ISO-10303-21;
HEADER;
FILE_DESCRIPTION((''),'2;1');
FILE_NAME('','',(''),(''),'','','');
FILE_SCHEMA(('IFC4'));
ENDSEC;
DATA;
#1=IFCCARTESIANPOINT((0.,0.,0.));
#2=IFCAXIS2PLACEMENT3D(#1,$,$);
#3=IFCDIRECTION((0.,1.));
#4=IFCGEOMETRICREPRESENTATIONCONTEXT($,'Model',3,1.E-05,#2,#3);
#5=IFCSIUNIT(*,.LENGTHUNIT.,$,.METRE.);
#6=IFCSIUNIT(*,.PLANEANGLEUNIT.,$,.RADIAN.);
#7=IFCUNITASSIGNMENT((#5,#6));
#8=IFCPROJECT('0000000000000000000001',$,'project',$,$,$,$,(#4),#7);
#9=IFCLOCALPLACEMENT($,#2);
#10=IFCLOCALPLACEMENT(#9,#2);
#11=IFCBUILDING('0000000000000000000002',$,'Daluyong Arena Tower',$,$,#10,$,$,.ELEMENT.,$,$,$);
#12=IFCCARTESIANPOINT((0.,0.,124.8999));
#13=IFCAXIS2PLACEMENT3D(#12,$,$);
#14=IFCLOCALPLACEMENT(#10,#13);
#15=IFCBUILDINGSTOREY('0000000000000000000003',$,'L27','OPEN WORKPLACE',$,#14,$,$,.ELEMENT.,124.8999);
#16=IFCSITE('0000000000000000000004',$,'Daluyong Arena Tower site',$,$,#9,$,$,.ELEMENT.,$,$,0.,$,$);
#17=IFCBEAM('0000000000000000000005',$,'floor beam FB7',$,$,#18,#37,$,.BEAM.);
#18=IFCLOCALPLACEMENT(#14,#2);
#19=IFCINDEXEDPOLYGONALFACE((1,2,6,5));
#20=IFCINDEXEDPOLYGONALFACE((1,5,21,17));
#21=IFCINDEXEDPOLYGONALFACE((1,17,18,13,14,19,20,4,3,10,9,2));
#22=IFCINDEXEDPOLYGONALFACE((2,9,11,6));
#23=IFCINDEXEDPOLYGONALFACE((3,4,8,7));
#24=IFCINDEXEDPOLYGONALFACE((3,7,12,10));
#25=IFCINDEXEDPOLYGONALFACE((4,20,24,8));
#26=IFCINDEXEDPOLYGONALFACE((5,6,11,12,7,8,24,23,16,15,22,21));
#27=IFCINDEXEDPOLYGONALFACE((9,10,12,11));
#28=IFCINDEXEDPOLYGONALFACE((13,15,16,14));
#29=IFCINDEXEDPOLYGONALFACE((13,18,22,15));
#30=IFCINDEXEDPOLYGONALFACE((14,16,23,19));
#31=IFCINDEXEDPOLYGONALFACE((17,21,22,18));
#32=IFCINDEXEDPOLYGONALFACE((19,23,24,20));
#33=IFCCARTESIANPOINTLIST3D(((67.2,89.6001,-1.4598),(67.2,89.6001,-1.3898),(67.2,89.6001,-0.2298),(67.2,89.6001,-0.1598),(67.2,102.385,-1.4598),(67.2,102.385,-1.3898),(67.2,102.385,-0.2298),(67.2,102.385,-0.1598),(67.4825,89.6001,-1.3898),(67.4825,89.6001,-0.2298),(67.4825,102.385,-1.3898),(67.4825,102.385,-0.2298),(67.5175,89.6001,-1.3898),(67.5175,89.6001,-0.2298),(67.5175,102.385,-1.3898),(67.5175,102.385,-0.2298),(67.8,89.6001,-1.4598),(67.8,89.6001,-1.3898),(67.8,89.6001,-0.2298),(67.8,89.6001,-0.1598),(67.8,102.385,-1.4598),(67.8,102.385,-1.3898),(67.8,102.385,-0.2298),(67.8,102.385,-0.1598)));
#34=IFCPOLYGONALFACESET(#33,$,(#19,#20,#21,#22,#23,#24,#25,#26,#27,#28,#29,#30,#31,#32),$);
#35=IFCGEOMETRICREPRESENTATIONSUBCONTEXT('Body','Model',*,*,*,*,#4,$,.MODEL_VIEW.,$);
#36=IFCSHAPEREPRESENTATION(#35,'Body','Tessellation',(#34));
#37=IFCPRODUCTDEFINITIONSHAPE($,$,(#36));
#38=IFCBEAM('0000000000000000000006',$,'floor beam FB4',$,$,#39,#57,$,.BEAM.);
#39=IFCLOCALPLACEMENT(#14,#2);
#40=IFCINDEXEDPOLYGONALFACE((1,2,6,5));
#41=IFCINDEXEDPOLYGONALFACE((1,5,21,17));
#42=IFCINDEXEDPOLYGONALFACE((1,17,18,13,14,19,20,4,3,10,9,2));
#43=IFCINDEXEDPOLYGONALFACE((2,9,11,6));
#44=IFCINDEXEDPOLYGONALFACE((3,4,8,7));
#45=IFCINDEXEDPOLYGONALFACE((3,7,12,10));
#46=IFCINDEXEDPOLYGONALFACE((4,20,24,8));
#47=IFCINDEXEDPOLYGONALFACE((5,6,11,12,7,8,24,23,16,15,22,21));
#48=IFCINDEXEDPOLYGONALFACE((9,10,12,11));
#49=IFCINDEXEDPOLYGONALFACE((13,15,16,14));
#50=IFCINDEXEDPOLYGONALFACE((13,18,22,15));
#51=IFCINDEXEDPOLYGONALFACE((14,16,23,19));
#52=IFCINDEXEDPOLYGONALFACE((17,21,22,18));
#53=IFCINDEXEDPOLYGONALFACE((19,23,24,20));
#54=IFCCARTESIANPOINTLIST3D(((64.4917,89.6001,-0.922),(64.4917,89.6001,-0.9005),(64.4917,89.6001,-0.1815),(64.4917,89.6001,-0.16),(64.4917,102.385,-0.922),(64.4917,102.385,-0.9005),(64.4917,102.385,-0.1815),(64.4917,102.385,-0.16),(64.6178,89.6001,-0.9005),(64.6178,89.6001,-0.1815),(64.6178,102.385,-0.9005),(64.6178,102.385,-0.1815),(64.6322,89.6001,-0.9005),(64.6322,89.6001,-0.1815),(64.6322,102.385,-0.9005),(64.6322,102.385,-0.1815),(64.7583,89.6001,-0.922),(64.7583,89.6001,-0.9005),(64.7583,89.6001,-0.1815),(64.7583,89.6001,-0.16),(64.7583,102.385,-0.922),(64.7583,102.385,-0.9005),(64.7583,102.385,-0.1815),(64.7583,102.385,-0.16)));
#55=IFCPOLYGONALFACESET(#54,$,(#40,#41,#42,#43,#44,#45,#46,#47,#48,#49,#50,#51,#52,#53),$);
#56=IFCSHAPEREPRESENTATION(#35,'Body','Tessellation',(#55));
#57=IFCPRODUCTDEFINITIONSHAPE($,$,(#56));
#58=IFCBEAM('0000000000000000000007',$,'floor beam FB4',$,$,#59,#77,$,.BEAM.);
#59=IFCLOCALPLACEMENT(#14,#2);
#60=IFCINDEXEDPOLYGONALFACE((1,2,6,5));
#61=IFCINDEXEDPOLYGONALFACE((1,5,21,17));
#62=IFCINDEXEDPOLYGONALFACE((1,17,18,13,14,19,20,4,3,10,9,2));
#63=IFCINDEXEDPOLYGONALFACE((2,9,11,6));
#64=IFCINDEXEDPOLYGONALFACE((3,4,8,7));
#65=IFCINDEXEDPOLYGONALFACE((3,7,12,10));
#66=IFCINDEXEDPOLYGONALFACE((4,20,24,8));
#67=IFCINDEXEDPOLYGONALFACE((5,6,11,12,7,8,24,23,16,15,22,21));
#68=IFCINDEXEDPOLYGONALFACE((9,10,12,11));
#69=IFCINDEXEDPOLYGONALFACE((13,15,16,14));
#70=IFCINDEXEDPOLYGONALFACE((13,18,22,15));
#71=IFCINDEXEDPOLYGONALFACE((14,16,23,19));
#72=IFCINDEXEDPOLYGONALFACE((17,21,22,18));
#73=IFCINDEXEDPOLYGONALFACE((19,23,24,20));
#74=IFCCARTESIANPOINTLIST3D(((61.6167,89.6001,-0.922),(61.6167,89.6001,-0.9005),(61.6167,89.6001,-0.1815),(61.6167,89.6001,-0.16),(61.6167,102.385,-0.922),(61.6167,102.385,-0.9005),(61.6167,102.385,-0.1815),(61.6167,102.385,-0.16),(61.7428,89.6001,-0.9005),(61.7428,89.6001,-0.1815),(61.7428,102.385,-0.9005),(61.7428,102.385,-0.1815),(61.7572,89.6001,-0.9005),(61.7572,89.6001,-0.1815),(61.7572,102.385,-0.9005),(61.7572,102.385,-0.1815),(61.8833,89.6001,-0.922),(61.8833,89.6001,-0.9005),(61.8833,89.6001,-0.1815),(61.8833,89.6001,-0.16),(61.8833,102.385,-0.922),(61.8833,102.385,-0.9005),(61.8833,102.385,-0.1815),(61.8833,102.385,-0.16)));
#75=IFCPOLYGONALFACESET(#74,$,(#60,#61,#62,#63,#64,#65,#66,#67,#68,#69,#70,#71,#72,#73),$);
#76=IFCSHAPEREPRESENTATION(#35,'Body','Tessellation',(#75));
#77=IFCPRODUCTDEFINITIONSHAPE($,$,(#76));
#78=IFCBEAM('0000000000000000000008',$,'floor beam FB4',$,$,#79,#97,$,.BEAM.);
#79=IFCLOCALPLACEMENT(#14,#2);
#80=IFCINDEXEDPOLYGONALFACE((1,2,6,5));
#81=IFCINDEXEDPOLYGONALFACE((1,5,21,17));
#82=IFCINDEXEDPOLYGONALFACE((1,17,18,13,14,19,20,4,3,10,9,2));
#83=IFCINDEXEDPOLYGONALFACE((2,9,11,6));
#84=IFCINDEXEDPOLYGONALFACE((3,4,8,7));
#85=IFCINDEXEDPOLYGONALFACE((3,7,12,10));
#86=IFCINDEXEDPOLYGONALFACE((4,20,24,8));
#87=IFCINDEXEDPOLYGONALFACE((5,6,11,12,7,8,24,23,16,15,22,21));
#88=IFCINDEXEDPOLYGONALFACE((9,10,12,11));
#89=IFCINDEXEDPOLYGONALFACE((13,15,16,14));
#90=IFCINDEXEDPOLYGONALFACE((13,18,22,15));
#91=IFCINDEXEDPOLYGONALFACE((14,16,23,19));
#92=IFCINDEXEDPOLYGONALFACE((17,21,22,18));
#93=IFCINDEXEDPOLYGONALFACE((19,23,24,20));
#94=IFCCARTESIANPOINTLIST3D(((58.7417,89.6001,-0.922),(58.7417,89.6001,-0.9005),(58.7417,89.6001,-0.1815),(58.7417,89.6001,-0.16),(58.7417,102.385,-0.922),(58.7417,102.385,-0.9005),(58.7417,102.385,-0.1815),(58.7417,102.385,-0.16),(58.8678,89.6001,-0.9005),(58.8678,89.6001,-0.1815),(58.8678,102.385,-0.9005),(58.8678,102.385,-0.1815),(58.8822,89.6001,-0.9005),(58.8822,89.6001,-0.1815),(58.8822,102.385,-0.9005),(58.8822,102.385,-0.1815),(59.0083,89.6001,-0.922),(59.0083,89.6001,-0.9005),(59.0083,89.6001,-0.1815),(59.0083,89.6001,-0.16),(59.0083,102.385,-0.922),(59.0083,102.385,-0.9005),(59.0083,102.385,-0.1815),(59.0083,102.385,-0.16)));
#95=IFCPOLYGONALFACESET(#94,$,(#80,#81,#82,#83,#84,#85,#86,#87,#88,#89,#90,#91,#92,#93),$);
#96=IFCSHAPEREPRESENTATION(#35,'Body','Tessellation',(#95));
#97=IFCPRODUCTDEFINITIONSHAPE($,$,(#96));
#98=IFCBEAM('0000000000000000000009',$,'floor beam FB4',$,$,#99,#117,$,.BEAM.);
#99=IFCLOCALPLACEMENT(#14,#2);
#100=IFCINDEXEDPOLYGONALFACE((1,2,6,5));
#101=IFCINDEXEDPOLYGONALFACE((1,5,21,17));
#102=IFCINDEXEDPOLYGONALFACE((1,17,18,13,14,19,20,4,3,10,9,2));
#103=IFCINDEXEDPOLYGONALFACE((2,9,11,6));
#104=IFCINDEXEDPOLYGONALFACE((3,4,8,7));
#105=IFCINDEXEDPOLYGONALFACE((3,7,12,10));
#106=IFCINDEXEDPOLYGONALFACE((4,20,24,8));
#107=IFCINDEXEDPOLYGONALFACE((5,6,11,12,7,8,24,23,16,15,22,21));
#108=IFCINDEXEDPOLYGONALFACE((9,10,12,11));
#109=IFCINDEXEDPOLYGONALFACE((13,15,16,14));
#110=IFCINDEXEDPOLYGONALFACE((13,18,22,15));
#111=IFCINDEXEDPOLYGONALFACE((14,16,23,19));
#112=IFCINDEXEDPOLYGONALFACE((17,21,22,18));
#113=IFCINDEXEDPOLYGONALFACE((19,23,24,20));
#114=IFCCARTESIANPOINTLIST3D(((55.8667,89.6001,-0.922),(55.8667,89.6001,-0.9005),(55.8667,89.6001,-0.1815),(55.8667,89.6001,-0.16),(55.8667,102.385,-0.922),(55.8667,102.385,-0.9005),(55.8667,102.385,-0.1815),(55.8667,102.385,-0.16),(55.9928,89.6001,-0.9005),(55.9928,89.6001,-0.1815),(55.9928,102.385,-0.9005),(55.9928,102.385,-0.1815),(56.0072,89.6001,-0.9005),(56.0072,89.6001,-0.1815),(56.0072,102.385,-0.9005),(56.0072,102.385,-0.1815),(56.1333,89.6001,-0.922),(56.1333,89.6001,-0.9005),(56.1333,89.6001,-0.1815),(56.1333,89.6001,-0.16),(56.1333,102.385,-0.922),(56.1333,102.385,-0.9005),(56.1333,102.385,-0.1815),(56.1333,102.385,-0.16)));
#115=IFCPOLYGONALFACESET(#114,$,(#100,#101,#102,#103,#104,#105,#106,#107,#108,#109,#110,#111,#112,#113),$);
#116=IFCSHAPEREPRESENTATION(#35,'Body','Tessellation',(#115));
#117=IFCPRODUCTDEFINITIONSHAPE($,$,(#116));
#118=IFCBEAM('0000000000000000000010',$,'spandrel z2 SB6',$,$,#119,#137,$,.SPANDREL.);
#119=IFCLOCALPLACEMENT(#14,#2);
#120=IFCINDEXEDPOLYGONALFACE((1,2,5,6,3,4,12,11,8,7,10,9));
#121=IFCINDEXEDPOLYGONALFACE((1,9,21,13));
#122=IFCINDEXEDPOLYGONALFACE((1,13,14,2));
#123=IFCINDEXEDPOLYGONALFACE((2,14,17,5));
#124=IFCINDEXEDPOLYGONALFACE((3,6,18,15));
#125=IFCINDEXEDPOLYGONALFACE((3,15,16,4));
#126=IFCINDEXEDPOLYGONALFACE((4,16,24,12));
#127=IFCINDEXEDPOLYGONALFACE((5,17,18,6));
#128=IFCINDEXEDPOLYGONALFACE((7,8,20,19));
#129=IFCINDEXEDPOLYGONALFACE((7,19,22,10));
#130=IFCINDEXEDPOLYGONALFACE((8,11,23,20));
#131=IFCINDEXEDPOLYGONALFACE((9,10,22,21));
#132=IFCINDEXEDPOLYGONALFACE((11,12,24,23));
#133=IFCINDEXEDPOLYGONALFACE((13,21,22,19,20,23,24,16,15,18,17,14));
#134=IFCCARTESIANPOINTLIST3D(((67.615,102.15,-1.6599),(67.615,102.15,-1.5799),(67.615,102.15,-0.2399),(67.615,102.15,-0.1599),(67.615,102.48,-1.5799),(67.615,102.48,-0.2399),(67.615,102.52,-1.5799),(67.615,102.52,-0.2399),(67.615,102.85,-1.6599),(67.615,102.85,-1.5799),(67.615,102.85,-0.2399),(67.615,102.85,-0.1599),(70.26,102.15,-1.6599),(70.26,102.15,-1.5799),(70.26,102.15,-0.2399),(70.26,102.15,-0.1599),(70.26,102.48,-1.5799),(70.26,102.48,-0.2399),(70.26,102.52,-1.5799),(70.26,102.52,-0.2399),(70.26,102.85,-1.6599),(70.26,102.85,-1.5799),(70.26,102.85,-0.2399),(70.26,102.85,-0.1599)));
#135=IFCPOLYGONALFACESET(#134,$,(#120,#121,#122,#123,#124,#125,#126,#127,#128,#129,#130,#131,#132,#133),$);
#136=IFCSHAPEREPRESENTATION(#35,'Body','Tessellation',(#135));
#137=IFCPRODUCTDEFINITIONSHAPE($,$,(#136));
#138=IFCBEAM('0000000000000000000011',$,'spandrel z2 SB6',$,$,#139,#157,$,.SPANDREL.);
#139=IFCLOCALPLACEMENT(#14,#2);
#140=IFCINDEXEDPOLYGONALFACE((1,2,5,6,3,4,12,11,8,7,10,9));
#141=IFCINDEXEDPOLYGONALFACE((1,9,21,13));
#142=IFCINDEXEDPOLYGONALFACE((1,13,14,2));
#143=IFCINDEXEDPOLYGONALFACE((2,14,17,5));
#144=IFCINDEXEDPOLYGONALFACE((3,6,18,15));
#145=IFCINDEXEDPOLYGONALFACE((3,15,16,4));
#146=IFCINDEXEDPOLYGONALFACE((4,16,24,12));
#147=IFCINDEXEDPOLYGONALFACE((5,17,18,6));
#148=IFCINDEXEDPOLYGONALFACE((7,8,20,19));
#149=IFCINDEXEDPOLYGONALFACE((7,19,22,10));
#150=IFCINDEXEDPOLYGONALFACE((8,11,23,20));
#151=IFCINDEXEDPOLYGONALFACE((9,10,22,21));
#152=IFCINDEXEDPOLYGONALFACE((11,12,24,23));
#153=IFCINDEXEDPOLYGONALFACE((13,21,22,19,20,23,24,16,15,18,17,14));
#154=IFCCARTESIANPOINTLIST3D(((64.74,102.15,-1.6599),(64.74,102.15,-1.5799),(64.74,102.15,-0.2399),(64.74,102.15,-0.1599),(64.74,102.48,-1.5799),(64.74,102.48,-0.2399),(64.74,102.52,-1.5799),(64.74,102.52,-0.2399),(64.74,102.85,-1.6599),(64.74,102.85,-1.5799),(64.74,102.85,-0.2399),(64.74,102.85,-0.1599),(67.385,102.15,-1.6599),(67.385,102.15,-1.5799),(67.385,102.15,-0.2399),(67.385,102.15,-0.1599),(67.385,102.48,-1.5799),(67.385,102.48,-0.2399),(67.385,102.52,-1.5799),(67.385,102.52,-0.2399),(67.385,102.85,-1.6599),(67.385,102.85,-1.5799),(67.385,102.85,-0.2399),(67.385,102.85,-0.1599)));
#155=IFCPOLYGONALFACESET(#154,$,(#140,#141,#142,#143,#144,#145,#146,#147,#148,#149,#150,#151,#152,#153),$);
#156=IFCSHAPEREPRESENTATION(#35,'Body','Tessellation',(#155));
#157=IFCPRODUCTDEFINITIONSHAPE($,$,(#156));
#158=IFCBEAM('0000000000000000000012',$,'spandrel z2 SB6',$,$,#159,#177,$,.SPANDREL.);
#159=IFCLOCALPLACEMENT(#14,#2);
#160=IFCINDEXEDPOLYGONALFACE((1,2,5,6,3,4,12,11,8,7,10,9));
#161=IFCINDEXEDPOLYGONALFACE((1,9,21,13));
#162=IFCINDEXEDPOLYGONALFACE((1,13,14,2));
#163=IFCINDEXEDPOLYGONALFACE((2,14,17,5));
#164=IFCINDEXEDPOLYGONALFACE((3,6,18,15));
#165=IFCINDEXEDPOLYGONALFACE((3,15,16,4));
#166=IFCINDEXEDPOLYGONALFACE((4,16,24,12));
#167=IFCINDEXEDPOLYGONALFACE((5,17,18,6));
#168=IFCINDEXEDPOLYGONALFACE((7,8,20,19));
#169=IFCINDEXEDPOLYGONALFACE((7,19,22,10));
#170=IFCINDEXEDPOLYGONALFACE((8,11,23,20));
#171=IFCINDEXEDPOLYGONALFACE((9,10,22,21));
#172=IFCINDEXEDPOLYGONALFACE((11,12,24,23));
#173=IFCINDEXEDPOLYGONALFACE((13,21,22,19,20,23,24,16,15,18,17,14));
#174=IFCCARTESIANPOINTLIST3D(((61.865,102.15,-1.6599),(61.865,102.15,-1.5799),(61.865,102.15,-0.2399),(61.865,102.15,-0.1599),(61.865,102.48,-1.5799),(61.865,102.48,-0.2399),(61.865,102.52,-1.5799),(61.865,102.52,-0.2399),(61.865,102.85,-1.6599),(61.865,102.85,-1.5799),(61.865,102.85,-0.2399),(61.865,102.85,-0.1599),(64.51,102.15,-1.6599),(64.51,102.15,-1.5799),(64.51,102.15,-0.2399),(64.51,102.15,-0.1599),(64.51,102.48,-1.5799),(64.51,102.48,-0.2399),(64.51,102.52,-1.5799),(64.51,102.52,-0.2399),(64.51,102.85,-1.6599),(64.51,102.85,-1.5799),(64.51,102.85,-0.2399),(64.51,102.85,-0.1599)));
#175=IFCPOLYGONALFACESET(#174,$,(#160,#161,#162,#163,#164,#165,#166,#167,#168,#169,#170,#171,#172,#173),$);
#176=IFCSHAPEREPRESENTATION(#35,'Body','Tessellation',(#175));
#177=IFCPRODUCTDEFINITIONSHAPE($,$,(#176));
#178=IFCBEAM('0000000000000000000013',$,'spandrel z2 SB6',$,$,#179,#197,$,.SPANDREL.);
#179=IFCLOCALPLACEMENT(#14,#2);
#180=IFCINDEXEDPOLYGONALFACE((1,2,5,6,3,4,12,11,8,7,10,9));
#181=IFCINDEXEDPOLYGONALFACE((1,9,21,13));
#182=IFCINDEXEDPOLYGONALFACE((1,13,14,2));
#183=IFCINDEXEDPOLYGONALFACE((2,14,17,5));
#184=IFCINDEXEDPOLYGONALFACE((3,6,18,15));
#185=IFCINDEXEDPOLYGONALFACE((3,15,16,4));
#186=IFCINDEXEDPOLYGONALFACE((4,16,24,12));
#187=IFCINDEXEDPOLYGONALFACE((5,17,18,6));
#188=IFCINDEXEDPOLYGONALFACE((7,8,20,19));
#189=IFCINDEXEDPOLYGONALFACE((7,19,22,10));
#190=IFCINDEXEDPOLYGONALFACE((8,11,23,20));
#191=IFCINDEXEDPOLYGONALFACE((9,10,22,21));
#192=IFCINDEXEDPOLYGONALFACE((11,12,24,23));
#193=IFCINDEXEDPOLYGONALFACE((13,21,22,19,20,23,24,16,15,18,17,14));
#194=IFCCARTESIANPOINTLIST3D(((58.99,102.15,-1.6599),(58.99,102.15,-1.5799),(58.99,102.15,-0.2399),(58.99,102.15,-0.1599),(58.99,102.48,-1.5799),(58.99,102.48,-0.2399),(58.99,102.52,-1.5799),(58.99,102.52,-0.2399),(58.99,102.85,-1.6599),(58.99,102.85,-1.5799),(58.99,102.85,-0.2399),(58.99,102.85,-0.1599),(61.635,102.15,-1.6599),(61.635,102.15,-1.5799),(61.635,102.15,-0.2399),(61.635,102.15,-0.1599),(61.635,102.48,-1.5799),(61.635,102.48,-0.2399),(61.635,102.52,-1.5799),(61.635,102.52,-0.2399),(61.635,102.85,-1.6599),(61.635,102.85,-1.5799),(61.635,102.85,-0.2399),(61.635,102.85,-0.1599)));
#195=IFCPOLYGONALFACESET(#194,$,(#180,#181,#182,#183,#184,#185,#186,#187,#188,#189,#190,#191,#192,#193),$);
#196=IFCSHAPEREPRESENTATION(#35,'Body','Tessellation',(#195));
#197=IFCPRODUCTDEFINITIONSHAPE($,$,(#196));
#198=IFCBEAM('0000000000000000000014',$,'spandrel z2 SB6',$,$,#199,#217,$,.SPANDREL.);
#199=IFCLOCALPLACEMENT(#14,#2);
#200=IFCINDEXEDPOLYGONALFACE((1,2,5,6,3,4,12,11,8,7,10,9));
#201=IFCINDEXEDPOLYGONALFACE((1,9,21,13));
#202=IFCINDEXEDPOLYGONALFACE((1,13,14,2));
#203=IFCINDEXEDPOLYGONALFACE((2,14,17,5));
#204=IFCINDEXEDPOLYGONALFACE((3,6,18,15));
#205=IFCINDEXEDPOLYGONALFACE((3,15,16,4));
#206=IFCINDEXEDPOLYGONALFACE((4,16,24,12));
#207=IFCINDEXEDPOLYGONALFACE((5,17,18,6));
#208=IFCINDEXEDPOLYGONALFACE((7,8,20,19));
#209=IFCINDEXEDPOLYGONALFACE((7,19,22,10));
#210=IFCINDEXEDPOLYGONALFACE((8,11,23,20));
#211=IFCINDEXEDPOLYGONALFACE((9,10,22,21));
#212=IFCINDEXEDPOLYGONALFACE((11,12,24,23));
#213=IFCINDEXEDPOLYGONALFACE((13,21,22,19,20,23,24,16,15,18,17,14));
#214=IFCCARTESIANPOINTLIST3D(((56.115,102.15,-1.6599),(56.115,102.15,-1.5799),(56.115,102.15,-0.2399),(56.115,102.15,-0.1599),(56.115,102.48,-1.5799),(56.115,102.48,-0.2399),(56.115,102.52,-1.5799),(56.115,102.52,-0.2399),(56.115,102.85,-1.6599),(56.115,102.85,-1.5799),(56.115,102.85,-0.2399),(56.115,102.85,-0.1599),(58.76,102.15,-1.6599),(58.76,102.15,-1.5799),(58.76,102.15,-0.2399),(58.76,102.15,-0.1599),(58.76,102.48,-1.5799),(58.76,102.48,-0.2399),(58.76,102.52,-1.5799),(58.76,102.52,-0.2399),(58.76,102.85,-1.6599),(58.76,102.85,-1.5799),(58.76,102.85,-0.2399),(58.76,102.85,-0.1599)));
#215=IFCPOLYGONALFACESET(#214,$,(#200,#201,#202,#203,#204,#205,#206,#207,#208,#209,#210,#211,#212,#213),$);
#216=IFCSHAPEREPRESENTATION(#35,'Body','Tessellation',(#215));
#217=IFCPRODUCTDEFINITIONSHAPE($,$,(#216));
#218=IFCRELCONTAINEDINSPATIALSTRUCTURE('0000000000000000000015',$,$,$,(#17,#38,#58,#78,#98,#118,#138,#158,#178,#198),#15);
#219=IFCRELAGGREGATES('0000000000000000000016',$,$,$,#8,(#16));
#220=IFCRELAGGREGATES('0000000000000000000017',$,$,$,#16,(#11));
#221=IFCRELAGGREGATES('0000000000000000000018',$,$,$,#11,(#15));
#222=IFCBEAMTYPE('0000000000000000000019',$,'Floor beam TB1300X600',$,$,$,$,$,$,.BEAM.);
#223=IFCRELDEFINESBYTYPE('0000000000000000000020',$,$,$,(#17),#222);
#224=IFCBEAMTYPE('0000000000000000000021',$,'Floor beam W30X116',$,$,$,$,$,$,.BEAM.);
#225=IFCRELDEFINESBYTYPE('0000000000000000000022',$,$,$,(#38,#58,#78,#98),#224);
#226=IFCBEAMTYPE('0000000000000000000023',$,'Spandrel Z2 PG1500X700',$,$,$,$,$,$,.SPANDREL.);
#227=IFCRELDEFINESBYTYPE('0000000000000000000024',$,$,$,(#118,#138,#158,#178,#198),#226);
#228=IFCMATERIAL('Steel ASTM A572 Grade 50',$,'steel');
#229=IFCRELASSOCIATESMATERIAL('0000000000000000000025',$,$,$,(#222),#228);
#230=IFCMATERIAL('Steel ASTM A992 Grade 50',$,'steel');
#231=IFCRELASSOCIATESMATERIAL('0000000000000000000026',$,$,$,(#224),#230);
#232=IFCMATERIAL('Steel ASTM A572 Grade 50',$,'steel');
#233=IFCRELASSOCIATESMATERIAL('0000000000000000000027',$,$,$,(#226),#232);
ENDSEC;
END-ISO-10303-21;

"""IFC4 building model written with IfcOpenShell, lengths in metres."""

from ifc_helpers import new_model, si_unit, direction, frame, origin, origin_2d, place, context, subcontext, project, spatial, i_section, extrude, material, material_profile, profile_set, type_object, element, save


model = new_model("IFC4")

# Units and contexts
model_context = context("Model", 3, precision=1e-05, world=origin(), true_north=direction((0.0, 1.0)))
body_context = subcontext(model_context, "Body", "Model", "MODEL_VIEW")
ifc_project = project(units=[si_unit("LENGTHUNIT", "METRE"), si_unit("PLANEANGLEUNIT", "RADIAN")], contexts=[model_context])

# Site, building, storey
site_placement = place(None, origin())
site = spatial("IfcSite", under=ifc_project, at=site_placement, Name="Daluyong Arena Tower site", CompositionType="ELEMENT", RefElevation=0.0)
building_placement = place(site_placement, origin())
building = spatial("IfcBuilding", under=site, at=building_placement, Name="Daluyong Arena Tower", CompositionType="ELEMENT")
storey_placement = place(building_placement, frame((0.0, 0.0, 124.8999)))
storey = spatial("IfcBuildingStorey", under=building, at=storey_placement, Name="L27", Description="OPEN WORKPLACE", CompositionType="ELEMENT", Elevation=124.8999)

# Beams
ifc_material_1 = material(Name="Steel ASTM A572 Grade 50", Category="steel")
ifc_material_profile_1 = material_profile(ifc_material_1, i_section(OverallWidth=0.6001, OverallDepth=1.3, WebThickness=0.035, FlangeThickness=0.07, at=origin_2d()))
ifc_profile_set_1 = profile_set([ifc_material_profile_1], Name="Steel ASTM A572 Grade 50")
beam_type_1 = type_object("IfcBeamType", Name="Floor beam TB1300X600", PredefinedType="BEAM", material=ifc_profile_set_1)
beam_placement = place(storey_placement, frame((67.5, 102.385, -0.8098), z_axis=(0.0, -1.0, 0.0), x_axis=(1.0, 0.0, 0.0)))
element("IfcBeam", 1, at=beam_placement, inside=storey, type_object=beam_type_1, Name="floor beam FB7", PredefinedType="BEAM", context=body_context, shape_type="SweptSolid", body=[
    extrude(i_section(OverallWidth=0.6001, OverallDepth=1.3, WebThickness=0.035, FlangeThickness=0.07, at=origin_2d()), origin(), (0.0, 0.0, 1.0), 12.7849),
])
ifc_material_2 = material(Name="Steel ASTM A992 Grade 50", Category="steel")
ifc_material_profile_2 = material_profile(ifc_material_2, i_section(OverallWidth=0.2666, OverallDepth=0.762, WebThickness=0.0144, FlangeThickness=0.0215, at=origin_2d()))
ifc_profile_set_2 = profile_set([ifc_material_profile_2], Name="Steel ASTM A992 Grade 50")
beam_type_2 = type_object("IfcBeamType", Name="Floor beam W30X116", PredefinedType="BEAM", material=ifc_profile_set_2)
for number, where, z_axis, x_axis, name in (
    (2, (64.625, 102.385, -0.541), (0.0, -1.0, 0.0), (1.0, 0.0, 0.0), "floor beam FB4"),
    (3, (61.75, 102.385, -0.541), (0.0, -1.0, 0.0), (1.0, 0.0, 0.0), "floor beam FB4"),
    (4, (58.875, 102.385, -0.541), (0.0, -1.0, 0.0), (1.0, 0.0, 0.0), "floor beam FB4"),
    (5, (56.0, 102.385, -0.541), (0.0, -1.0, 0.0), (1.0, 0.0, 0.0), "floor beam FB4"),
):
    element("IfcBeam", number, at=place(storey_placement, frame(where, z_axis=z_axis, x_axis=x_axis)), inside=storey, type_object=beam_type_2, Name=name, PredefinedType="BEAM", context=body_context, shape_type="SweptSolid", body=[
        extrude(i_section(OverallWidth=0.2666, OverallDepth=0.762, WebThickness=0.0144, FlangeThickness=0.0215, at=origin_2d()), origin(), (0.0, 0.0, 1.0), 12.7849),
    ])
ifc_material_3 = material(Name="Steel ASTM A572 Grade 50", Category="steel")
ifc_material_profile_3 = material_profile(ifc_material_3, i_section(OverallWidth=0.7, OverallDepth=1.5, WebThickness=0.04, FlangeThickness=0.08, at=origin_2d()))
ifc_profile_set_3 = profile_set([ifc_material_profile_3], Name="Steel ASTM A572 Grade 50")
beam_type_3 = type_object("IfcBeamType", Name="Spandrel Z2 PG1500X700", PredefinedType="SPANDREL", material=ifc_profile_set_3)
for number, where, z_axis, x_axis, name in (
    (6, (70.26, 102.5, -0.9099), (-1.0, 0.0, 0.0), (0.0, -1.0, 0.0), "spandrel z2 SB6"),
    (7, (67.385, 102.5, -0.9099), (-1.0, 0.0, 0.0), (0.0, -1.0, 0.0), "spandrel z2 SB6"),
    (8, (64.51, 102.5, -0.9099), (-1.0, 0.0, 0.0), (0.0, -1.0, 0.0), "spandrel z2 SB6"),
    (9, (61.635, 102.5, -0.9099), (-1.0, 0.0, 0.0), (0.0, -1.0, 0.0), "spandrel z2 SB6"),
    (10, (58.76, 102.5, -0.9099), (-1.0, 0.0, 0.0), (0.0, -1.0, 0.0), "spandrel z2 SB6"),
):
    element("IfcBeam", number, at=place(storey_placement, frame(where, z_axis=z_axis, x_axis=x_axis)), inside=storey, type_object=beam_type_3, Name=name, PredefinedType="SPANDREL", context=body_context, shape_type="SweptSolid", body=[
        extrude(i_section(OverallWidth=0.7, OverallDepth=1.5, WebThickness=0.04, FlangeThickness=0.08, at=origin_2d()), origin(), (0.0, 0.0, 1.0), 2.645),
    ])

save(model, "model.ifc")
